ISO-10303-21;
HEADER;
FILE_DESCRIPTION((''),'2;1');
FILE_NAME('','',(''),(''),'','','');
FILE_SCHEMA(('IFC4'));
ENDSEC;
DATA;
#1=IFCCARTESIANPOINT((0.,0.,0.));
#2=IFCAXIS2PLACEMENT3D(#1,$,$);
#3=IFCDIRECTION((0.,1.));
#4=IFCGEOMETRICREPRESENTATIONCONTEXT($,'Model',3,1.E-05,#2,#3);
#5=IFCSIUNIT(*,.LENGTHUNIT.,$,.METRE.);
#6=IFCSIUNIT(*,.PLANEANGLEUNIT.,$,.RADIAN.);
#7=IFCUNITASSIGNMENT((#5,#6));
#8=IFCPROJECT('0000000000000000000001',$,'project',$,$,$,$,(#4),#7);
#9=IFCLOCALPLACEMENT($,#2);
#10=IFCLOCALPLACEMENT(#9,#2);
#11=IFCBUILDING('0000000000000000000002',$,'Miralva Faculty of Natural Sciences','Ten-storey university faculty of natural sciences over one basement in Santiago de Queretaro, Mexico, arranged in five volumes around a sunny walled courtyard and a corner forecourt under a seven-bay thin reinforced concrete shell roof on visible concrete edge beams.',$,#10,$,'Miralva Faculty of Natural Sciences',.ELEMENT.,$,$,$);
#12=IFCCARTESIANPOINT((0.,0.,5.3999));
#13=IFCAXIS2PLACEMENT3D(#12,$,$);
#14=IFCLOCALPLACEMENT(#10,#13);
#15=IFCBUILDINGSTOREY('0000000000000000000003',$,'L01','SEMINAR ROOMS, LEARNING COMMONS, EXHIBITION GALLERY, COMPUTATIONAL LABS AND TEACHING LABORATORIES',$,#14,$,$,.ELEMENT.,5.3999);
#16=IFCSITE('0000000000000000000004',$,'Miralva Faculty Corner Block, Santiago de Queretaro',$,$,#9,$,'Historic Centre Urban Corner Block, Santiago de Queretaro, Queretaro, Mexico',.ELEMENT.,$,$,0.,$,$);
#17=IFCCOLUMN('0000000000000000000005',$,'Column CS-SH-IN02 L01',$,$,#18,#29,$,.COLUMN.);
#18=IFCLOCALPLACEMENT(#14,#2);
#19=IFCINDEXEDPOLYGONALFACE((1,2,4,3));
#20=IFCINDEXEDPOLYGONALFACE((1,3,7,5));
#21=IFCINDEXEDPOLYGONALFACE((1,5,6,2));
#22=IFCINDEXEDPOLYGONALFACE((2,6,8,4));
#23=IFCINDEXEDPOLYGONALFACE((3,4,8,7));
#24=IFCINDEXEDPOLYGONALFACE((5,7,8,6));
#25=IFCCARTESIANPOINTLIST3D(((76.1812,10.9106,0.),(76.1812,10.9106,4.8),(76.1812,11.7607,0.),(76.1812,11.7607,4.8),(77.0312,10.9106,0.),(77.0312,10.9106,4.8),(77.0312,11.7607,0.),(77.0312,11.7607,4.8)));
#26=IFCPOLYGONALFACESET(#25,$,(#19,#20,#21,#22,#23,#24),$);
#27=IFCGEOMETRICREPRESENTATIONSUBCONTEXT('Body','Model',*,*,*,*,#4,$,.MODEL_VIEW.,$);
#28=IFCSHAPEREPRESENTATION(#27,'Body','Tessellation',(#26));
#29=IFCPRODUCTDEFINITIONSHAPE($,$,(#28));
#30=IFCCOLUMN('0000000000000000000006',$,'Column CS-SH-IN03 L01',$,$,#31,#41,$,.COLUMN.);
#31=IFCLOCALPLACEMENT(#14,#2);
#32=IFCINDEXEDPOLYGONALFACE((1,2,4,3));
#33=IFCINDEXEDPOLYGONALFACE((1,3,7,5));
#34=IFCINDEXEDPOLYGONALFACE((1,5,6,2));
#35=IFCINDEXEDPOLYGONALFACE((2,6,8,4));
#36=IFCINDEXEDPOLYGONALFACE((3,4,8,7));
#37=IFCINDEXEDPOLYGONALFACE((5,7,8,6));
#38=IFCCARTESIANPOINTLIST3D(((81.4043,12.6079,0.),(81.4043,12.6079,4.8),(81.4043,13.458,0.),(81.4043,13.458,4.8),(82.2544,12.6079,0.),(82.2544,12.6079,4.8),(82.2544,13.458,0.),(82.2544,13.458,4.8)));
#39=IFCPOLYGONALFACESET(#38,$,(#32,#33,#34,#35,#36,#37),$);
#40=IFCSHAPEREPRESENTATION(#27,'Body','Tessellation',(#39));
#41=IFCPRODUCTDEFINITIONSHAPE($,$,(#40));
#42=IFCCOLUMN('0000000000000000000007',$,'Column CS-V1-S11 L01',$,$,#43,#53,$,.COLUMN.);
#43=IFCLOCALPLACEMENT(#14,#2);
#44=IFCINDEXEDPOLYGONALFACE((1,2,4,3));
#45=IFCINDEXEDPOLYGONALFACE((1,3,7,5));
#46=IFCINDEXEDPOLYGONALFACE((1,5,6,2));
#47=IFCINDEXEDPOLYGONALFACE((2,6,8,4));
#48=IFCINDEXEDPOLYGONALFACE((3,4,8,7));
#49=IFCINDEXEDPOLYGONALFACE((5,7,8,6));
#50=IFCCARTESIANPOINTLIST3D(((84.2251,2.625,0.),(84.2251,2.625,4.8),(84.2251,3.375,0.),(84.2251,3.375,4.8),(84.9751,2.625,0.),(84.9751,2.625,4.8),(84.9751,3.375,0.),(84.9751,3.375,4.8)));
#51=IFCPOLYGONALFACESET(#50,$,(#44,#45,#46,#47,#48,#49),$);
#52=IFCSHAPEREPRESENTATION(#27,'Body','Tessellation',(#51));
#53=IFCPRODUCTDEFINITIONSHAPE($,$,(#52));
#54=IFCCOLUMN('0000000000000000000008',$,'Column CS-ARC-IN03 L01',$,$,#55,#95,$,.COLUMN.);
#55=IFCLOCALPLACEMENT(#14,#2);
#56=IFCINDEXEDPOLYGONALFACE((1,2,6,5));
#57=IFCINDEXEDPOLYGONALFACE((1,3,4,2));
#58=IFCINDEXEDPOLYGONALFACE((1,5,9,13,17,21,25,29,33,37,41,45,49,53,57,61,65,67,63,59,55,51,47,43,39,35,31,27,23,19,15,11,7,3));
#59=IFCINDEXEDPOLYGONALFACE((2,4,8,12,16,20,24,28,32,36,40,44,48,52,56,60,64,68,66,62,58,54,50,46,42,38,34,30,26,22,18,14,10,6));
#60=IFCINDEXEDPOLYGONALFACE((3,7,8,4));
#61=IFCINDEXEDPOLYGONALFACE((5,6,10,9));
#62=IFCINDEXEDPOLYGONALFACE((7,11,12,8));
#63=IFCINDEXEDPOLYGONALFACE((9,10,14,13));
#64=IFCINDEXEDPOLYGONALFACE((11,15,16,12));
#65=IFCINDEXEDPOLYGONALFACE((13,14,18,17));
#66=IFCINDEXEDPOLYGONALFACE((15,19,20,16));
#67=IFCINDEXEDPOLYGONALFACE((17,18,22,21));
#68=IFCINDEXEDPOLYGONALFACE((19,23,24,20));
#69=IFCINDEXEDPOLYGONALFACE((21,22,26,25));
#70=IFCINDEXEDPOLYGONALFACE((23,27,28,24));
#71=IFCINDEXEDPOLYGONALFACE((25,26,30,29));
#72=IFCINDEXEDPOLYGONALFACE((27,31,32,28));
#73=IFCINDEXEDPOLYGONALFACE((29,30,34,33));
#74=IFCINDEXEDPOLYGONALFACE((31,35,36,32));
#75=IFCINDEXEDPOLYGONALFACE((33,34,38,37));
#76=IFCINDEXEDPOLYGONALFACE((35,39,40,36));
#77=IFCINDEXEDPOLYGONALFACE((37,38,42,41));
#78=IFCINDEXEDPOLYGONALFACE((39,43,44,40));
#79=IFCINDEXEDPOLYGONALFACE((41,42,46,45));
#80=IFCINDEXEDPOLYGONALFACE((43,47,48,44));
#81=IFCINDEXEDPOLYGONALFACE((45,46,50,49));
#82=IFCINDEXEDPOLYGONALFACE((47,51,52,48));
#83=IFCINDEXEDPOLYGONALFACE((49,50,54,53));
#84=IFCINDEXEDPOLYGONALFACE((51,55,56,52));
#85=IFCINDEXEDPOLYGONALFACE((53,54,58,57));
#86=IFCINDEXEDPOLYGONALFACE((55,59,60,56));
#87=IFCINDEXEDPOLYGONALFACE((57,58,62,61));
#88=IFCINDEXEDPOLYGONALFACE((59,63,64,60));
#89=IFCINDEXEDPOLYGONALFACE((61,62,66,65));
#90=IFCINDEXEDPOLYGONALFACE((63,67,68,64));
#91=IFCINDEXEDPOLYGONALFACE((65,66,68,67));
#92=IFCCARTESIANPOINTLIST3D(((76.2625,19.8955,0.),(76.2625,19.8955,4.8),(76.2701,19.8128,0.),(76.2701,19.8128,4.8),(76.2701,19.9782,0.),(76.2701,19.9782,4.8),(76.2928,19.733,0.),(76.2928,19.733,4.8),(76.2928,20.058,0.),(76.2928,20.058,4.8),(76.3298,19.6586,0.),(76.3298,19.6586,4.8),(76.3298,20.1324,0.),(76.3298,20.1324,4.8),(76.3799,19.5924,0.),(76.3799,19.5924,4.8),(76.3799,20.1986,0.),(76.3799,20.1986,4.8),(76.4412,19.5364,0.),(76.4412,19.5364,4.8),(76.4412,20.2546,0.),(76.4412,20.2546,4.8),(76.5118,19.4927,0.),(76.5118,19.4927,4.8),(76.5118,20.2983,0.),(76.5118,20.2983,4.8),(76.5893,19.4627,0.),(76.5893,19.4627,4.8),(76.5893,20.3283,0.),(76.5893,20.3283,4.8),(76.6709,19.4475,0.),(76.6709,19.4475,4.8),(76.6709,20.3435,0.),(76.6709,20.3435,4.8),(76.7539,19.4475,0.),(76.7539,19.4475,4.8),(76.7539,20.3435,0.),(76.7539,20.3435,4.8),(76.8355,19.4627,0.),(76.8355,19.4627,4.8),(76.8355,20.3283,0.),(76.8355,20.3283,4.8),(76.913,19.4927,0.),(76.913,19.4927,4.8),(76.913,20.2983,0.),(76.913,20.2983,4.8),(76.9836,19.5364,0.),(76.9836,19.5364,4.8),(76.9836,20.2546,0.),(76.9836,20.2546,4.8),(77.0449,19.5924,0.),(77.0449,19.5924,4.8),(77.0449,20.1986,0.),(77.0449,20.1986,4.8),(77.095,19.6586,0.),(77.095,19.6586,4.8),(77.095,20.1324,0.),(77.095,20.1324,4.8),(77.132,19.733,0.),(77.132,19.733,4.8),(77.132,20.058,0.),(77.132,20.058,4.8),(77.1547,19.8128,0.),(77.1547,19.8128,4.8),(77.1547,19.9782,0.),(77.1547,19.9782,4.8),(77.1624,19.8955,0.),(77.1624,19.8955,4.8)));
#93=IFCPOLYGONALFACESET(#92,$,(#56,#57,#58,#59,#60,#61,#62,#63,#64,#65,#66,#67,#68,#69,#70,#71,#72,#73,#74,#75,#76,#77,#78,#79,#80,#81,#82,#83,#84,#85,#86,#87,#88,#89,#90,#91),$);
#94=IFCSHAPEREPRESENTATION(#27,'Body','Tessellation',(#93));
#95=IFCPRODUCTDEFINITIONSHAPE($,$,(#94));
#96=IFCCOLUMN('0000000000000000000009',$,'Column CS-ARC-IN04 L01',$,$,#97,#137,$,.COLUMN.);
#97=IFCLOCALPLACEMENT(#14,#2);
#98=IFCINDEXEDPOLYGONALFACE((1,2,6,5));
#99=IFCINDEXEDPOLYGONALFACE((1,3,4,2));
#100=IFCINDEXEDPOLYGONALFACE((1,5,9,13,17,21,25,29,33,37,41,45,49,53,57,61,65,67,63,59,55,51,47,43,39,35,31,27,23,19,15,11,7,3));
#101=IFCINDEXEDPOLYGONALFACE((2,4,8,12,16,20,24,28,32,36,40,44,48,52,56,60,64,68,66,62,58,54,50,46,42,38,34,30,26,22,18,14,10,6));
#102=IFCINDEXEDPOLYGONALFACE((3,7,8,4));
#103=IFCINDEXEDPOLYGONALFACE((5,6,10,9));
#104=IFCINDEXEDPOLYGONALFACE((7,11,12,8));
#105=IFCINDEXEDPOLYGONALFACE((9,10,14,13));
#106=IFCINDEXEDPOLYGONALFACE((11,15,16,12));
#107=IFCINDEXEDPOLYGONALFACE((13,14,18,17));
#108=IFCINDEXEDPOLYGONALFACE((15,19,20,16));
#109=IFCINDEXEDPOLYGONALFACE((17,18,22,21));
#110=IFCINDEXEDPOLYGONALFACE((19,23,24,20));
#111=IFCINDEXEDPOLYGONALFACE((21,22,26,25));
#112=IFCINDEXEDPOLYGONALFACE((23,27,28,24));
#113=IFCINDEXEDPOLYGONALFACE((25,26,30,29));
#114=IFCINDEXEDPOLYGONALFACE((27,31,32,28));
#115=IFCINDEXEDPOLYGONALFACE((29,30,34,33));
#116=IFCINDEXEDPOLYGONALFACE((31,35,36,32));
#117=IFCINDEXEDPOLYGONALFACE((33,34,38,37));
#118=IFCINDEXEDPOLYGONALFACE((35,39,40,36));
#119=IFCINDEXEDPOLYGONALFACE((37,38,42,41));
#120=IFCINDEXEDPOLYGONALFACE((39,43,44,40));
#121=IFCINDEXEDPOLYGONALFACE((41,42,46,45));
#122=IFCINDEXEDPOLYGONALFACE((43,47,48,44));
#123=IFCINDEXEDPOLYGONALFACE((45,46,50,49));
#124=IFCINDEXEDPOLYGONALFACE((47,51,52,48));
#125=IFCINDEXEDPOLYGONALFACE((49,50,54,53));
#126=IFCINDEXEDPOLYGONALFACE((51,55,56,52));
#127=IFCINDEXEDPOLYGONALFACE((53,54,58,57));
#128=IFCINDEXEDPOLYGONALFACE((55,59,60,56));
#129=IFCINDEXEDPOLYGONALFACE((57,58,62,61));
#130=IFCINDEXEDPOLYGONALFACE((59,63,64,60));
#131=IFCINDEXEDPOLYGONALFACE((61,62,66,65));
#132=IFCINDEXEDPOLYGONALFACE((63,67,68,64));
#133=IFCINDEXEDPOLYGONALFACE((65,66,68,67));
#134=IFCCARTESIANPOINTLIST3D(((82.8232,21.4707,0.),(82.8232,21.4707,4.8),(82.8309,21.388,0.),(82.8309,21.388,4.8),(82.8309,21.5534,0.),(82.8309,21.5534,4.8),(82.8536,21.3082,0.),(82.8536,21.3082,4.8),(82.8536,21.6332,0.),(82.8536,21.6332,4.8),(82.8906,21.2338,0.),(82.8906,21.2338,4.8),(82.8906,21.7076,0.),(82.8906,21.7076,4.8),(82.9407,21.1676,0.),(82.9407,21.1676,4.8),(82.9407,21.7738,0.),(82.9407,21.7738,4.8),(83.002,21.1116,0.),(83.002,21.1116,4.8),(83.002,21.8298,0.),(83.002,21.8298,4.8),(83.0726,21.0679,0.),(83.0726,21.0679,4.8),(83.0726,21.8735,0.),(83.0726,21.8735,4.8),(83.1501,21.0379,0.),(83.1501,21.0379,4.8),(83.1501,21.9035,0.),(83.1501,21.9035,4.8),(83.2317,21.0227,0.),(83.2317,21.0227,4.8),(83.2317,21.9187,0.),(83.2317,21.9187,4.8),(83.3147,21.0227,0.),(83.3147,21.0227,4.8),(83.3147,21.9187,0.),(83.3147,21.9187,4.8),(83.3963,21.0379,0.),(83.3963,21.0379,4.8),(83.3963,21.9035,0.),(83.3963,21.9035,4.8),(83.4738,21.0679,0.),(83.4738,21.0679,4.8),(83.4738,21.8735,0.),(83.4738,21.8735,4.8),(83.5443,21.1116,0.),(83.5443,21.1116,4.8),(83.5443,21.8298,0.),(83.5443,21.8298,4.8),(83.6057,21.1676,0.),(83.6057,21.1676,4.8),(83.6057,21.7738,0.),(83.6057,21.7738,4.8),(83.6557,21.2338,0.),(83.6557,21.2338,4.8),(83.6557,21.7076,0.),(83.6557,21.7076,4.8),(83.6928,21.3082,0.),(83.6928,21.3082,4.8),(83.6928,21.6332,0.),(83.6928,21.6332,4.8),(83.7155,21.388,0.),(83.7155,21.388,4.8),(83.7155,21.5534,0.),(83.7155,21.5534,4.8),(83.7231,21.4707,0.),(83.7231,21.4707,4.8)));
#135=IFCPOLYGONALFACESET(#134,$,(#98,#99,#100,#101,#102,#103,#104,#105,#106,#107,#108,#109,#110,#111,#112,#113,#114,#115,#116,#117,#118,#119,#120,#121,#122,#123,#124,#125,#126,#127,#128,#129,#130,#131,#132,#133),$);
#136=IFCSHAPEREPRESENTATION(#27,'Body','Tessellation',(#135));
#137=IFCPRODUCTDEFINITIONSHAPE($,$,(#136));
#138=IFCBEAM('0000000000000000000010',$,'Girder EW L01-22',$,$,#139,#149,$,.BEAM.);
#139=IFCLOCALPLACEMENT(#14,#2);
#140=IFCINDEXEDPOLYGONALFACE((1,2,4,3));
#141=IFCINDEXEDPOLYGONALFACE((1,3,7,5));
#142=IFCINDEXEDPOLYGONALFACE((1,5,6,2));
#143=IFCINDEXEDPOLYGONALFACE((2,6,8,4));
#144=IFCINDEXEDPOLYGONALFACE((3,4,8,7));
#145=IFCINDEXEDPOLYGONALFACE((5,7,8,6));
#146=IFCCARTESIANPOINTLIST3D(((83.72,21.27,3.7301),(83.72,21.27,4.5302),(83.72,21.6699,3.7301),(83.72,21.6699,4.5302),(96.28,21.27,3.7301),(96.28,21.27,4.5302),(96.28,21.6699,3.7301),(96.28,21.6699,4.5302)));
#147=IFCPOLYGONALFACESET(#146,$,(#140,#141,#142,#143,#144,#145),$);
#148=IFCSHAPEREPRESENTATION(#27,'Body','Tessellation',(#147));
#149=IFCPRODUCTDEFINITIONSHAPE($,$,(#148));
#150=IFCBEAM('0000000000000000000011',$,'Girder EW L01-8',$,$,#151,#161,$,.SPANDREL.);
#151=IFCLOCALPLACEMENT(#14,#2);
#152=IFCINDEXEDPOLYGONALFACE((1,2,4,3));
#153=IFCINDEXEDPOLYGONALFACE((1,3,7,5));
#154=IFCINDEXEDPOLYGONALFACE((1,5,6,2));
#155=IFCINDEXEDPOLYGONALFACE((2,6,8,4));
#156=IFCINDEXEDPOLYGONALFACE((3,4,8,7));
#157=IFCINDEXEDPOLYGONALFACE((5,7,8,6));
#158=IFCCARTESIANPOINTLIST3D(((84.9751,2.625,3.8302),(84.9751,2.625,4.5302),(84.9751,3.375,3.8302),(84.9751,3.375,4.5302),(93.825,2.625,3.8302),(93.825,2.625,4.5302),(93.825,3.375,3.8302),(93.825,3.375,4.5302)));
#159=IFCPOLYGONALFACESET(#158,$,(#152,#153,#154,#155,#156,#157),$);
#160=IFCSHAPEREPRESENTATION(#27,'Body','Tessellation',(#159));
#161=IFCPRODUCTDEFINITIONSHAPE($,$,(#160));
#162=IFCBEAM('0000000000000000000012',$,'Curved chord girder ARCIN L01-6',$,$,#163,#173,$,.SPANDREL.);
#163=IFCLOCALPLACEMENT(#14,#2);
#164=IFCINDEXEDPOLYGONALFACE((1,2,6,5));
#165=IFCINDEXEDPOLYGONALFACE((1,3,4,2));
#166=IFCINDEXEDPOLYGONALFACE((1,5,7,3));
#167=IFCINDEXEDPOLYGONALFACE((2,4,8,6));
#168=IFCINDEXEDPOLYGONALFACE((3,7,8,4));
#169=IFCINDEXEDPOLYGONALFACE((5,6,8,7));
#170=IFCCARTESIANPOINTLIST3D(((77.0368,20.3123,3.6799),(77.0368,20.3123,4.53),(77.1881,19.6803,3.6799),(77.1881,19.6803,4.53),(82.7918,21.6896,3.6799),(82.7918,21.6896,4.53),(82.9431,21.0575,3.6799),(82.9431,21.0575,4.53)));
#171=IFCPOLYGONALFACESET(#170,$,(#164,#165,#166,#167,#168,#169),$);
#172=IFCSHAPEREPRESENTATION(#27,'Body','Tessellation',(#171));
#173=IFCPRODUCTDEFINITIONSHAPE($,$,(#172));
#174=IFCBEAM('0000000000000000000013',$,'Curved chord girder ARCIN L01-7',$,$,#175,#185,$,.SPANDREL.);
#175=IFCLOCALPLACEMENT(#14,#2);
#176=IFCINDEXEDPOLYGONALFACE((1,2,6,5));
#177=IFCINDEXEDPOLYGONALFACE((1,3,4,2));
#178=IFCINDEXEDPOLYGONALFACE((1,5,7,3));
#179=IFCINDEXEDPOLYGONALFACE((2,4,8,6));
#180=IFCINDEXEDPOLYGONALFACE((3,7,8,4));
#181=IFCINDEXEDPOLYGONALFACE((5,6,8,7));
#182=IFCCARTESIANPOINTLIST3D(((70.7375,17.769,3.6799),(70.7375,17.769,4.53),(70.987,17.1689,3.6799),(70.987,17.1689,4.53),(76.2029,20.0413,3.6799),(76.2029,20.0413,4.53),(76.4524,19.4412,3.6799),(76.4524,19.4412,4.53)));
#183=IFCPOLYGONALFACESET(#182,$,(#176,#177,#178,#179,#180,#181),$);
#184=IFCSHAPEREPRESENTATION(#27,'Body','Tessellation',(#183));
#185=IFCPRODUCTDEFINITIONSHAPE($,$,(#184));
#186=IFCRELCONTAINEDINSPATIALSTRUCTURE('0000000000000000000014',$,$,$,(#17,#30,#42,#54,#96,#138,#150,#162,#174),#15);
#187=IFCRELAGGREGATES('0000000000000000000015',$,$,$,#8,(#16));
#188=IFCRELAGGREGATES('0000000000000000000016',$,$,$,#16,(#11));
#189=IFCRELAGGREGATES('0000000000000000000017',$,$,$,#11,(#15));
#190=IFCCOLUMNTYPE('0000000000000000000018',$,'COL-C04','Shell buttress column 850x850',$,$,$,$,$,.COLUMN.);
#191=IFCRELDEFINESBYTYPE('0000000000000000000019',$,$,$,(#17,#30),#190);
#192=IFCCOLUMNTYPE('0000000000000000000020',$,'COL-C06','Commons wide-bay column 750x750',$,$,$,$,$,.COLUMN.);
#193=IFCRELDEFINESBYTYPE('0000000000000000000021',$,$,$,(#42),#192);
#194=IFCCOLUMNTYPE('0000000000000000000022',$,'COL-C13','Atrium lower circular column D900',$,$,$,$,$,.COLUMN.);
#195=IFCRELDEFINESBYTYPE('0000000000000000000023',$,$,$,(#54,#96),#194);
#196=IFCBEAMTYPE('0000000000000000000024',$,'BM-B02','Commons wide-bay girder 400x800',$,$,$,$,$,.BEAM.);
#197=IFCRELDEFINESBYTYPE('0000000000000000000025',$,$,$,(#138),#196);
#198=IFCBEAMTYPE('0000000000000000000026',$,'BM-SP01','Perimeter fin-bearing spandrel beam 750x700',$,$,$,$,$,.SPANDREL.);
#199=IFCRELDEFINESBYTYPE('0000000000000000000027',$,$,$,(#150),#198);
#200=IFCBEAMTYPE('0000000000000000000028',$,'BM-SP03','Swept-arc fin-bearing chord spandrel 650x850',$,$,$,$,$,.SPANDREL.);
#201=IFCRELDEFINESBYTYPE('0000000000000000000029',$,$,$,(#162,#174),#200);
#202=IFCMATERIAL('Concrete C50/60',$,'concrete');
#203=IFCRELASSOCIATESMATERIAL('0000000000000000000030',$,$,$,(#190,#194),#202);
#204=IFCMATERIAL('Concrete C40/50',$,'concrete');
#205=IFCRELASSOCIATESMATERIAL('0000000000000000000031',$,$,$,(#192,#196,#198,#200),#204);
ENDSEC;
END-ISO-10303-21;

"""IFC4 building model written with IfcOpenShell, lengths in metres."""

from ifc_helpers import new_model, si_unit, direction, frame, origin, origin_2d, place, context, subcontext, project, spatial, rectangle, circle, extrude, material, material_profile, profile_set, type_object, element, save


model = new_model("IFC4")

# Units and contexts
model_context = context("Model", 3, precision=1e-05, world=origin(), true_north=direction((0.0, 1.0)))
body_context = subcontext(model_context, "Body", "Model", "MODEL_VIEW")
ifc_project = project(units=[si_unit("LENGTHUNIT", "METRE"), si_unit("PLANEANGLEUNIT", "RADIAN")], contexts=[model_context])

# Site, building, storey
site_placement = place(None, origin())
site = spatial("IfcSite", under=ifc_project, at=site_placement, Name="Miralva Faculty Corner Block, Santiago de Queretaro", LongName="Historic Centre Urban Corner Block, Santiago de Queretaro, Queretaro, Mexico", CompositionType="ELEMENT", RefElevation=0.0)
building_placement = place(site_placement, origin())
building = spatial("IfcBuilding", under=site, at=building_placement, Name="Miralva Faculty of Natural Sciences", Description="Ten-storey university faculty of natural sciences over one basement in Santiago de Queretaro, Mexico, arranged in five volumes around a sunny walled courtyard and a corner forecourt under a seven-bay thin reinforced concrete shell roof on visible concrete edge beams.", LongName="Miralva Faculty of Natural Sciences", CompositionType="ELEMENT")
storey_placement = place(building_placement, frame((0.0, 0.0, 5.3999)))
storey = spatial("IfcBuildingStorey", under=building, at=storey_placement, Name="L01", Description="SEMINAR ROOMS, LEARNING COMMONS, EXHIBITION GALLERY, COMPUTATIONAL LABS AND TEACHING LABORATORIES", CompositionType="ELEMENT", Elevation=5.3999)

# Columns
ifc_material_1 = material(Name="Concrete C50/60", Category="concrete")
ifc_material_profile_1 = material_profile(ifc_material_1, rectangle(XDim=0.8501, YDim=0.8501, at=origin_2d()), Name="RC 850x850")
ifc_profile_set_1 = profile_set([ifc_material_profile_1], Name="Concrete C50/60")
column_type_1 = type_object("IfcColumnType", Name="COL-C04", Description="Shell buttress column 850x850", PredefinedType="COLUMN", material=ifc_profile_set_1)
for number, where, z_axis, x_axis, name in (
    (1, (76.6062, 11.3357, 0.0), (0.0, 0.0, 1.0), (1.0, 0.0, 0.0), "Column CS-SH-IN02 L01"),
    (2, (81.8293, 13.033, 0.0), (0.0, 0.0, 1.0), (1.0, 0.0, 0.0), "Column CS-SH-IN03 L01"),
):
    element("IfcColumn", number, at=place(storey_placement, frame(where, z_axis=z_axis, x_axis=x_axis)), inside=storey, type_object=column_type_1, Name=name, PredefinedType="COLUMN", context=body_context, shape_type="SweptSolid", body=[
        extrude(rectangle(XDim=0.8501, YDim=0.8501, at=origin_2d()), origin(), (0.0, 0.0, 1.0), 4.8),
    ])
ifc_material_2 = material(Name="Concrete C40/50", Category="concrete")
ifc_material_profile_2 = material_profile(ifc_material_2, rectangle(XDim=0.75, YDim=0.75, at=origin_2d()), Name="RC 750x750")
ifc_profile_set_2 = profile_set([ifc_material_profile_2], Name="Concrete C40/50")
column_type_2 = type_object("IfcColumnType", Name="COL-C06", Description="Commons wide-bay column 750x750", PredefinedType="COLUMN", material=ifc_profile_set_2)
column_placement = place(storey_placement, frame((84.6001, 3.0, 0.0), z_axis=(0.0, 0.0, 1.0), x_axis=(1.0, 0.0, 0.0)))
element("IfcColumn", 3, at=column_placement, inside=storey, type_object=column_type_2, Name="Column CS-V1-S11 L01", PredefinedType="COLUMN", context=body_context, shape_type="SweptSolid", body=[
    extrude(rectangle(XDim=0.75, YDim=0.75, at=origin_2d()), origin(), (0.0, 0.0, 1.0), 4.8),
])
ifc_material_profile_3 = material_profile(ifc_material_1, circle(Radius=0.45, at=origin_2d()), Name="RC DIA 900")
ifc_profile_set_3 = profile_set([ifc_material_profile_3], Name="Concrete C50/60")
column_type_3 = type_object("IfcColumnType", Name="COL-C13", Description="Atrium lower circular column D900", PredefinedType="COLUMN", material=ifc_profile_set_3)
for number, where, z_axis, x_axis, name in (
    (4, (76.7124, 19.8955, 0.0), (0.0, 0.0, 1.0), (1.0, 0.0, 0.0), "Column CS-ARC-IN03 L01"),
    (5, (83.2732, 21.4707, 0.0), (0.0, 0.0, 1.0), (1.0, 0.0, 0.0), "Column CS-ARC-IN04 L01"),
):
    element("IfcColumn", number, at=place(storey_placement, frame(where, z_axis=z_axis, x_axis=x_axis)), inside=storey, type_object=column_type_3, Name=name, PredefinedType="COLUMN", context=body_context, shape_type="SweptSolid", body=[
        extrude(circle(Radius=0.45, at=origin_2d()), origin(), (0.0, 0.0, 1.0), 4.8),
    ])

# Beams
ifc_material_profile_4 = material_profile(ifc_material_2, rectangle(XDim=0.3999, YDim=0.8, at=origin_2d()), Name="RC 400x800")
ifc_profile_set_4 = profile_set([ifc_material_profile_4], Name="Concrete C40/50")
beam_type_1 = type_object("IfcBeamType", Name="BM-B02", Description="Commons wide-bay girder 400x800", PredefinedType="BEAM", material=ifc_profile_set_4)
beam_1_placement = place(storey_placement, frame((83.72, 21.47, 4.1301), z_axis=(1.0, 0.0, 0.0), x_axis=(0.0, 1.0, 0.0)))
element("IfcBeam", 6, at=beam_1_placement, inside=storey, type_object=beam_type_1, Name="Girder EW L01-22", PredefinedType="BEAM", context=body_context, shape_type="SweptSolid", body=[
    extrude(rectangle(XDim=0.3999, YDim=0.8, at=origin_2d()), origin(), (0.0, 0.0, 1.0), 12.5601),
])
ifc_material_profile_5 = material_profile(ifc_material_2, rectangle(XDim=0.75, YDim=0.7, at=origin_2d()), Name="RC 750x700")
ifc_profile_set_5 = profile_set([ifc_material_profile_5], Name="Concrete C40/50")
beam_type_2 = type_object("IfcBeamType", Name="BM-SP01", Description="Perimeter fin-bearing spandrel beam 750x700", PredefinedType="SPANDREL", material=ifc_profile_set_5)
beam_2_placement = place(storey_placement, frame((84.9751, 3.0, 4.1802), z_axis=(1.0, 0.0, 0.0), x_axis=(0.0, 1.0, 0.0)))
element("IfcBeam", 7, at=beam_2_placement, inside=storey, type_object=beam_type_2, Name="Girder EW L01-8", PredefinedType="SPANDREL", context=body_context, shape_type="SweptSolid", body=[
    extrude(rectangle(XDim=0.75, YDim=0.7, at=origin_2d()), origin(), (0.0, 0.0, 1.0), 8.8499),
])
ifc_material_profile_6 = material_profile(ifc_material_2, rectangle(XDim=0.6499, YDim=0.8501, at=origin_2d()), Name="RC 650x850")
ifc_profile_set_6 = profile_set([ifc_material_profile_6], Name="Concrete C40/50")
beam_type_3 = type_object("IfcBeamType", Name="BM-SP03", Description="Swept-arc fin-bearing chord spandrel 650x850", PredefinedType="SPANDREL", material=ifc_profile_set_6)
beam_3_placement = place(storey_placement, frame((82.8674, 21.3735, 4.105), z_axis=(-0.97254, -0.232738, 0.0), x_axis=(0.232738, -0.97254, 0.0)))
element("IfcBeam", 8, at=beam_3_placement, inside=storey, type_object=beam_type_3, Name="Curved chord girder ARCIN L01-6", PredefinedType="SPANDREL", context=body_context, shape_type="SweptSolid", body=[
    extrude(rectangle(XDim=0.6499, YDim=0.8501, at=origin_2d()), origin(), (0.0, 0.0, 1.0), 5.9175),
])
beam_4_placement = place(storey_placement, frame((76.3276, 19.7412, 4.105), z_axis=(-0.923377, -0.383895, 0.0), x_axis=(0.383895, -0.923377, 0.0)))
element("IfcBeam", 9, at=beam_4_placement, inside=storey, type_object=beam_type_3, Name="Curved chord girder ARCIN L01-7", PredefinedType="SPANDREL", context=body_context, shape_type="SweptSolid", body=[
    extrude(rectangle(XDim=0.6499, YDim=0.8501, at=origin_2d()), origin(), (0.0, 0.0, 1.0), 5.9189),
])

save(model, "model.ifc")
